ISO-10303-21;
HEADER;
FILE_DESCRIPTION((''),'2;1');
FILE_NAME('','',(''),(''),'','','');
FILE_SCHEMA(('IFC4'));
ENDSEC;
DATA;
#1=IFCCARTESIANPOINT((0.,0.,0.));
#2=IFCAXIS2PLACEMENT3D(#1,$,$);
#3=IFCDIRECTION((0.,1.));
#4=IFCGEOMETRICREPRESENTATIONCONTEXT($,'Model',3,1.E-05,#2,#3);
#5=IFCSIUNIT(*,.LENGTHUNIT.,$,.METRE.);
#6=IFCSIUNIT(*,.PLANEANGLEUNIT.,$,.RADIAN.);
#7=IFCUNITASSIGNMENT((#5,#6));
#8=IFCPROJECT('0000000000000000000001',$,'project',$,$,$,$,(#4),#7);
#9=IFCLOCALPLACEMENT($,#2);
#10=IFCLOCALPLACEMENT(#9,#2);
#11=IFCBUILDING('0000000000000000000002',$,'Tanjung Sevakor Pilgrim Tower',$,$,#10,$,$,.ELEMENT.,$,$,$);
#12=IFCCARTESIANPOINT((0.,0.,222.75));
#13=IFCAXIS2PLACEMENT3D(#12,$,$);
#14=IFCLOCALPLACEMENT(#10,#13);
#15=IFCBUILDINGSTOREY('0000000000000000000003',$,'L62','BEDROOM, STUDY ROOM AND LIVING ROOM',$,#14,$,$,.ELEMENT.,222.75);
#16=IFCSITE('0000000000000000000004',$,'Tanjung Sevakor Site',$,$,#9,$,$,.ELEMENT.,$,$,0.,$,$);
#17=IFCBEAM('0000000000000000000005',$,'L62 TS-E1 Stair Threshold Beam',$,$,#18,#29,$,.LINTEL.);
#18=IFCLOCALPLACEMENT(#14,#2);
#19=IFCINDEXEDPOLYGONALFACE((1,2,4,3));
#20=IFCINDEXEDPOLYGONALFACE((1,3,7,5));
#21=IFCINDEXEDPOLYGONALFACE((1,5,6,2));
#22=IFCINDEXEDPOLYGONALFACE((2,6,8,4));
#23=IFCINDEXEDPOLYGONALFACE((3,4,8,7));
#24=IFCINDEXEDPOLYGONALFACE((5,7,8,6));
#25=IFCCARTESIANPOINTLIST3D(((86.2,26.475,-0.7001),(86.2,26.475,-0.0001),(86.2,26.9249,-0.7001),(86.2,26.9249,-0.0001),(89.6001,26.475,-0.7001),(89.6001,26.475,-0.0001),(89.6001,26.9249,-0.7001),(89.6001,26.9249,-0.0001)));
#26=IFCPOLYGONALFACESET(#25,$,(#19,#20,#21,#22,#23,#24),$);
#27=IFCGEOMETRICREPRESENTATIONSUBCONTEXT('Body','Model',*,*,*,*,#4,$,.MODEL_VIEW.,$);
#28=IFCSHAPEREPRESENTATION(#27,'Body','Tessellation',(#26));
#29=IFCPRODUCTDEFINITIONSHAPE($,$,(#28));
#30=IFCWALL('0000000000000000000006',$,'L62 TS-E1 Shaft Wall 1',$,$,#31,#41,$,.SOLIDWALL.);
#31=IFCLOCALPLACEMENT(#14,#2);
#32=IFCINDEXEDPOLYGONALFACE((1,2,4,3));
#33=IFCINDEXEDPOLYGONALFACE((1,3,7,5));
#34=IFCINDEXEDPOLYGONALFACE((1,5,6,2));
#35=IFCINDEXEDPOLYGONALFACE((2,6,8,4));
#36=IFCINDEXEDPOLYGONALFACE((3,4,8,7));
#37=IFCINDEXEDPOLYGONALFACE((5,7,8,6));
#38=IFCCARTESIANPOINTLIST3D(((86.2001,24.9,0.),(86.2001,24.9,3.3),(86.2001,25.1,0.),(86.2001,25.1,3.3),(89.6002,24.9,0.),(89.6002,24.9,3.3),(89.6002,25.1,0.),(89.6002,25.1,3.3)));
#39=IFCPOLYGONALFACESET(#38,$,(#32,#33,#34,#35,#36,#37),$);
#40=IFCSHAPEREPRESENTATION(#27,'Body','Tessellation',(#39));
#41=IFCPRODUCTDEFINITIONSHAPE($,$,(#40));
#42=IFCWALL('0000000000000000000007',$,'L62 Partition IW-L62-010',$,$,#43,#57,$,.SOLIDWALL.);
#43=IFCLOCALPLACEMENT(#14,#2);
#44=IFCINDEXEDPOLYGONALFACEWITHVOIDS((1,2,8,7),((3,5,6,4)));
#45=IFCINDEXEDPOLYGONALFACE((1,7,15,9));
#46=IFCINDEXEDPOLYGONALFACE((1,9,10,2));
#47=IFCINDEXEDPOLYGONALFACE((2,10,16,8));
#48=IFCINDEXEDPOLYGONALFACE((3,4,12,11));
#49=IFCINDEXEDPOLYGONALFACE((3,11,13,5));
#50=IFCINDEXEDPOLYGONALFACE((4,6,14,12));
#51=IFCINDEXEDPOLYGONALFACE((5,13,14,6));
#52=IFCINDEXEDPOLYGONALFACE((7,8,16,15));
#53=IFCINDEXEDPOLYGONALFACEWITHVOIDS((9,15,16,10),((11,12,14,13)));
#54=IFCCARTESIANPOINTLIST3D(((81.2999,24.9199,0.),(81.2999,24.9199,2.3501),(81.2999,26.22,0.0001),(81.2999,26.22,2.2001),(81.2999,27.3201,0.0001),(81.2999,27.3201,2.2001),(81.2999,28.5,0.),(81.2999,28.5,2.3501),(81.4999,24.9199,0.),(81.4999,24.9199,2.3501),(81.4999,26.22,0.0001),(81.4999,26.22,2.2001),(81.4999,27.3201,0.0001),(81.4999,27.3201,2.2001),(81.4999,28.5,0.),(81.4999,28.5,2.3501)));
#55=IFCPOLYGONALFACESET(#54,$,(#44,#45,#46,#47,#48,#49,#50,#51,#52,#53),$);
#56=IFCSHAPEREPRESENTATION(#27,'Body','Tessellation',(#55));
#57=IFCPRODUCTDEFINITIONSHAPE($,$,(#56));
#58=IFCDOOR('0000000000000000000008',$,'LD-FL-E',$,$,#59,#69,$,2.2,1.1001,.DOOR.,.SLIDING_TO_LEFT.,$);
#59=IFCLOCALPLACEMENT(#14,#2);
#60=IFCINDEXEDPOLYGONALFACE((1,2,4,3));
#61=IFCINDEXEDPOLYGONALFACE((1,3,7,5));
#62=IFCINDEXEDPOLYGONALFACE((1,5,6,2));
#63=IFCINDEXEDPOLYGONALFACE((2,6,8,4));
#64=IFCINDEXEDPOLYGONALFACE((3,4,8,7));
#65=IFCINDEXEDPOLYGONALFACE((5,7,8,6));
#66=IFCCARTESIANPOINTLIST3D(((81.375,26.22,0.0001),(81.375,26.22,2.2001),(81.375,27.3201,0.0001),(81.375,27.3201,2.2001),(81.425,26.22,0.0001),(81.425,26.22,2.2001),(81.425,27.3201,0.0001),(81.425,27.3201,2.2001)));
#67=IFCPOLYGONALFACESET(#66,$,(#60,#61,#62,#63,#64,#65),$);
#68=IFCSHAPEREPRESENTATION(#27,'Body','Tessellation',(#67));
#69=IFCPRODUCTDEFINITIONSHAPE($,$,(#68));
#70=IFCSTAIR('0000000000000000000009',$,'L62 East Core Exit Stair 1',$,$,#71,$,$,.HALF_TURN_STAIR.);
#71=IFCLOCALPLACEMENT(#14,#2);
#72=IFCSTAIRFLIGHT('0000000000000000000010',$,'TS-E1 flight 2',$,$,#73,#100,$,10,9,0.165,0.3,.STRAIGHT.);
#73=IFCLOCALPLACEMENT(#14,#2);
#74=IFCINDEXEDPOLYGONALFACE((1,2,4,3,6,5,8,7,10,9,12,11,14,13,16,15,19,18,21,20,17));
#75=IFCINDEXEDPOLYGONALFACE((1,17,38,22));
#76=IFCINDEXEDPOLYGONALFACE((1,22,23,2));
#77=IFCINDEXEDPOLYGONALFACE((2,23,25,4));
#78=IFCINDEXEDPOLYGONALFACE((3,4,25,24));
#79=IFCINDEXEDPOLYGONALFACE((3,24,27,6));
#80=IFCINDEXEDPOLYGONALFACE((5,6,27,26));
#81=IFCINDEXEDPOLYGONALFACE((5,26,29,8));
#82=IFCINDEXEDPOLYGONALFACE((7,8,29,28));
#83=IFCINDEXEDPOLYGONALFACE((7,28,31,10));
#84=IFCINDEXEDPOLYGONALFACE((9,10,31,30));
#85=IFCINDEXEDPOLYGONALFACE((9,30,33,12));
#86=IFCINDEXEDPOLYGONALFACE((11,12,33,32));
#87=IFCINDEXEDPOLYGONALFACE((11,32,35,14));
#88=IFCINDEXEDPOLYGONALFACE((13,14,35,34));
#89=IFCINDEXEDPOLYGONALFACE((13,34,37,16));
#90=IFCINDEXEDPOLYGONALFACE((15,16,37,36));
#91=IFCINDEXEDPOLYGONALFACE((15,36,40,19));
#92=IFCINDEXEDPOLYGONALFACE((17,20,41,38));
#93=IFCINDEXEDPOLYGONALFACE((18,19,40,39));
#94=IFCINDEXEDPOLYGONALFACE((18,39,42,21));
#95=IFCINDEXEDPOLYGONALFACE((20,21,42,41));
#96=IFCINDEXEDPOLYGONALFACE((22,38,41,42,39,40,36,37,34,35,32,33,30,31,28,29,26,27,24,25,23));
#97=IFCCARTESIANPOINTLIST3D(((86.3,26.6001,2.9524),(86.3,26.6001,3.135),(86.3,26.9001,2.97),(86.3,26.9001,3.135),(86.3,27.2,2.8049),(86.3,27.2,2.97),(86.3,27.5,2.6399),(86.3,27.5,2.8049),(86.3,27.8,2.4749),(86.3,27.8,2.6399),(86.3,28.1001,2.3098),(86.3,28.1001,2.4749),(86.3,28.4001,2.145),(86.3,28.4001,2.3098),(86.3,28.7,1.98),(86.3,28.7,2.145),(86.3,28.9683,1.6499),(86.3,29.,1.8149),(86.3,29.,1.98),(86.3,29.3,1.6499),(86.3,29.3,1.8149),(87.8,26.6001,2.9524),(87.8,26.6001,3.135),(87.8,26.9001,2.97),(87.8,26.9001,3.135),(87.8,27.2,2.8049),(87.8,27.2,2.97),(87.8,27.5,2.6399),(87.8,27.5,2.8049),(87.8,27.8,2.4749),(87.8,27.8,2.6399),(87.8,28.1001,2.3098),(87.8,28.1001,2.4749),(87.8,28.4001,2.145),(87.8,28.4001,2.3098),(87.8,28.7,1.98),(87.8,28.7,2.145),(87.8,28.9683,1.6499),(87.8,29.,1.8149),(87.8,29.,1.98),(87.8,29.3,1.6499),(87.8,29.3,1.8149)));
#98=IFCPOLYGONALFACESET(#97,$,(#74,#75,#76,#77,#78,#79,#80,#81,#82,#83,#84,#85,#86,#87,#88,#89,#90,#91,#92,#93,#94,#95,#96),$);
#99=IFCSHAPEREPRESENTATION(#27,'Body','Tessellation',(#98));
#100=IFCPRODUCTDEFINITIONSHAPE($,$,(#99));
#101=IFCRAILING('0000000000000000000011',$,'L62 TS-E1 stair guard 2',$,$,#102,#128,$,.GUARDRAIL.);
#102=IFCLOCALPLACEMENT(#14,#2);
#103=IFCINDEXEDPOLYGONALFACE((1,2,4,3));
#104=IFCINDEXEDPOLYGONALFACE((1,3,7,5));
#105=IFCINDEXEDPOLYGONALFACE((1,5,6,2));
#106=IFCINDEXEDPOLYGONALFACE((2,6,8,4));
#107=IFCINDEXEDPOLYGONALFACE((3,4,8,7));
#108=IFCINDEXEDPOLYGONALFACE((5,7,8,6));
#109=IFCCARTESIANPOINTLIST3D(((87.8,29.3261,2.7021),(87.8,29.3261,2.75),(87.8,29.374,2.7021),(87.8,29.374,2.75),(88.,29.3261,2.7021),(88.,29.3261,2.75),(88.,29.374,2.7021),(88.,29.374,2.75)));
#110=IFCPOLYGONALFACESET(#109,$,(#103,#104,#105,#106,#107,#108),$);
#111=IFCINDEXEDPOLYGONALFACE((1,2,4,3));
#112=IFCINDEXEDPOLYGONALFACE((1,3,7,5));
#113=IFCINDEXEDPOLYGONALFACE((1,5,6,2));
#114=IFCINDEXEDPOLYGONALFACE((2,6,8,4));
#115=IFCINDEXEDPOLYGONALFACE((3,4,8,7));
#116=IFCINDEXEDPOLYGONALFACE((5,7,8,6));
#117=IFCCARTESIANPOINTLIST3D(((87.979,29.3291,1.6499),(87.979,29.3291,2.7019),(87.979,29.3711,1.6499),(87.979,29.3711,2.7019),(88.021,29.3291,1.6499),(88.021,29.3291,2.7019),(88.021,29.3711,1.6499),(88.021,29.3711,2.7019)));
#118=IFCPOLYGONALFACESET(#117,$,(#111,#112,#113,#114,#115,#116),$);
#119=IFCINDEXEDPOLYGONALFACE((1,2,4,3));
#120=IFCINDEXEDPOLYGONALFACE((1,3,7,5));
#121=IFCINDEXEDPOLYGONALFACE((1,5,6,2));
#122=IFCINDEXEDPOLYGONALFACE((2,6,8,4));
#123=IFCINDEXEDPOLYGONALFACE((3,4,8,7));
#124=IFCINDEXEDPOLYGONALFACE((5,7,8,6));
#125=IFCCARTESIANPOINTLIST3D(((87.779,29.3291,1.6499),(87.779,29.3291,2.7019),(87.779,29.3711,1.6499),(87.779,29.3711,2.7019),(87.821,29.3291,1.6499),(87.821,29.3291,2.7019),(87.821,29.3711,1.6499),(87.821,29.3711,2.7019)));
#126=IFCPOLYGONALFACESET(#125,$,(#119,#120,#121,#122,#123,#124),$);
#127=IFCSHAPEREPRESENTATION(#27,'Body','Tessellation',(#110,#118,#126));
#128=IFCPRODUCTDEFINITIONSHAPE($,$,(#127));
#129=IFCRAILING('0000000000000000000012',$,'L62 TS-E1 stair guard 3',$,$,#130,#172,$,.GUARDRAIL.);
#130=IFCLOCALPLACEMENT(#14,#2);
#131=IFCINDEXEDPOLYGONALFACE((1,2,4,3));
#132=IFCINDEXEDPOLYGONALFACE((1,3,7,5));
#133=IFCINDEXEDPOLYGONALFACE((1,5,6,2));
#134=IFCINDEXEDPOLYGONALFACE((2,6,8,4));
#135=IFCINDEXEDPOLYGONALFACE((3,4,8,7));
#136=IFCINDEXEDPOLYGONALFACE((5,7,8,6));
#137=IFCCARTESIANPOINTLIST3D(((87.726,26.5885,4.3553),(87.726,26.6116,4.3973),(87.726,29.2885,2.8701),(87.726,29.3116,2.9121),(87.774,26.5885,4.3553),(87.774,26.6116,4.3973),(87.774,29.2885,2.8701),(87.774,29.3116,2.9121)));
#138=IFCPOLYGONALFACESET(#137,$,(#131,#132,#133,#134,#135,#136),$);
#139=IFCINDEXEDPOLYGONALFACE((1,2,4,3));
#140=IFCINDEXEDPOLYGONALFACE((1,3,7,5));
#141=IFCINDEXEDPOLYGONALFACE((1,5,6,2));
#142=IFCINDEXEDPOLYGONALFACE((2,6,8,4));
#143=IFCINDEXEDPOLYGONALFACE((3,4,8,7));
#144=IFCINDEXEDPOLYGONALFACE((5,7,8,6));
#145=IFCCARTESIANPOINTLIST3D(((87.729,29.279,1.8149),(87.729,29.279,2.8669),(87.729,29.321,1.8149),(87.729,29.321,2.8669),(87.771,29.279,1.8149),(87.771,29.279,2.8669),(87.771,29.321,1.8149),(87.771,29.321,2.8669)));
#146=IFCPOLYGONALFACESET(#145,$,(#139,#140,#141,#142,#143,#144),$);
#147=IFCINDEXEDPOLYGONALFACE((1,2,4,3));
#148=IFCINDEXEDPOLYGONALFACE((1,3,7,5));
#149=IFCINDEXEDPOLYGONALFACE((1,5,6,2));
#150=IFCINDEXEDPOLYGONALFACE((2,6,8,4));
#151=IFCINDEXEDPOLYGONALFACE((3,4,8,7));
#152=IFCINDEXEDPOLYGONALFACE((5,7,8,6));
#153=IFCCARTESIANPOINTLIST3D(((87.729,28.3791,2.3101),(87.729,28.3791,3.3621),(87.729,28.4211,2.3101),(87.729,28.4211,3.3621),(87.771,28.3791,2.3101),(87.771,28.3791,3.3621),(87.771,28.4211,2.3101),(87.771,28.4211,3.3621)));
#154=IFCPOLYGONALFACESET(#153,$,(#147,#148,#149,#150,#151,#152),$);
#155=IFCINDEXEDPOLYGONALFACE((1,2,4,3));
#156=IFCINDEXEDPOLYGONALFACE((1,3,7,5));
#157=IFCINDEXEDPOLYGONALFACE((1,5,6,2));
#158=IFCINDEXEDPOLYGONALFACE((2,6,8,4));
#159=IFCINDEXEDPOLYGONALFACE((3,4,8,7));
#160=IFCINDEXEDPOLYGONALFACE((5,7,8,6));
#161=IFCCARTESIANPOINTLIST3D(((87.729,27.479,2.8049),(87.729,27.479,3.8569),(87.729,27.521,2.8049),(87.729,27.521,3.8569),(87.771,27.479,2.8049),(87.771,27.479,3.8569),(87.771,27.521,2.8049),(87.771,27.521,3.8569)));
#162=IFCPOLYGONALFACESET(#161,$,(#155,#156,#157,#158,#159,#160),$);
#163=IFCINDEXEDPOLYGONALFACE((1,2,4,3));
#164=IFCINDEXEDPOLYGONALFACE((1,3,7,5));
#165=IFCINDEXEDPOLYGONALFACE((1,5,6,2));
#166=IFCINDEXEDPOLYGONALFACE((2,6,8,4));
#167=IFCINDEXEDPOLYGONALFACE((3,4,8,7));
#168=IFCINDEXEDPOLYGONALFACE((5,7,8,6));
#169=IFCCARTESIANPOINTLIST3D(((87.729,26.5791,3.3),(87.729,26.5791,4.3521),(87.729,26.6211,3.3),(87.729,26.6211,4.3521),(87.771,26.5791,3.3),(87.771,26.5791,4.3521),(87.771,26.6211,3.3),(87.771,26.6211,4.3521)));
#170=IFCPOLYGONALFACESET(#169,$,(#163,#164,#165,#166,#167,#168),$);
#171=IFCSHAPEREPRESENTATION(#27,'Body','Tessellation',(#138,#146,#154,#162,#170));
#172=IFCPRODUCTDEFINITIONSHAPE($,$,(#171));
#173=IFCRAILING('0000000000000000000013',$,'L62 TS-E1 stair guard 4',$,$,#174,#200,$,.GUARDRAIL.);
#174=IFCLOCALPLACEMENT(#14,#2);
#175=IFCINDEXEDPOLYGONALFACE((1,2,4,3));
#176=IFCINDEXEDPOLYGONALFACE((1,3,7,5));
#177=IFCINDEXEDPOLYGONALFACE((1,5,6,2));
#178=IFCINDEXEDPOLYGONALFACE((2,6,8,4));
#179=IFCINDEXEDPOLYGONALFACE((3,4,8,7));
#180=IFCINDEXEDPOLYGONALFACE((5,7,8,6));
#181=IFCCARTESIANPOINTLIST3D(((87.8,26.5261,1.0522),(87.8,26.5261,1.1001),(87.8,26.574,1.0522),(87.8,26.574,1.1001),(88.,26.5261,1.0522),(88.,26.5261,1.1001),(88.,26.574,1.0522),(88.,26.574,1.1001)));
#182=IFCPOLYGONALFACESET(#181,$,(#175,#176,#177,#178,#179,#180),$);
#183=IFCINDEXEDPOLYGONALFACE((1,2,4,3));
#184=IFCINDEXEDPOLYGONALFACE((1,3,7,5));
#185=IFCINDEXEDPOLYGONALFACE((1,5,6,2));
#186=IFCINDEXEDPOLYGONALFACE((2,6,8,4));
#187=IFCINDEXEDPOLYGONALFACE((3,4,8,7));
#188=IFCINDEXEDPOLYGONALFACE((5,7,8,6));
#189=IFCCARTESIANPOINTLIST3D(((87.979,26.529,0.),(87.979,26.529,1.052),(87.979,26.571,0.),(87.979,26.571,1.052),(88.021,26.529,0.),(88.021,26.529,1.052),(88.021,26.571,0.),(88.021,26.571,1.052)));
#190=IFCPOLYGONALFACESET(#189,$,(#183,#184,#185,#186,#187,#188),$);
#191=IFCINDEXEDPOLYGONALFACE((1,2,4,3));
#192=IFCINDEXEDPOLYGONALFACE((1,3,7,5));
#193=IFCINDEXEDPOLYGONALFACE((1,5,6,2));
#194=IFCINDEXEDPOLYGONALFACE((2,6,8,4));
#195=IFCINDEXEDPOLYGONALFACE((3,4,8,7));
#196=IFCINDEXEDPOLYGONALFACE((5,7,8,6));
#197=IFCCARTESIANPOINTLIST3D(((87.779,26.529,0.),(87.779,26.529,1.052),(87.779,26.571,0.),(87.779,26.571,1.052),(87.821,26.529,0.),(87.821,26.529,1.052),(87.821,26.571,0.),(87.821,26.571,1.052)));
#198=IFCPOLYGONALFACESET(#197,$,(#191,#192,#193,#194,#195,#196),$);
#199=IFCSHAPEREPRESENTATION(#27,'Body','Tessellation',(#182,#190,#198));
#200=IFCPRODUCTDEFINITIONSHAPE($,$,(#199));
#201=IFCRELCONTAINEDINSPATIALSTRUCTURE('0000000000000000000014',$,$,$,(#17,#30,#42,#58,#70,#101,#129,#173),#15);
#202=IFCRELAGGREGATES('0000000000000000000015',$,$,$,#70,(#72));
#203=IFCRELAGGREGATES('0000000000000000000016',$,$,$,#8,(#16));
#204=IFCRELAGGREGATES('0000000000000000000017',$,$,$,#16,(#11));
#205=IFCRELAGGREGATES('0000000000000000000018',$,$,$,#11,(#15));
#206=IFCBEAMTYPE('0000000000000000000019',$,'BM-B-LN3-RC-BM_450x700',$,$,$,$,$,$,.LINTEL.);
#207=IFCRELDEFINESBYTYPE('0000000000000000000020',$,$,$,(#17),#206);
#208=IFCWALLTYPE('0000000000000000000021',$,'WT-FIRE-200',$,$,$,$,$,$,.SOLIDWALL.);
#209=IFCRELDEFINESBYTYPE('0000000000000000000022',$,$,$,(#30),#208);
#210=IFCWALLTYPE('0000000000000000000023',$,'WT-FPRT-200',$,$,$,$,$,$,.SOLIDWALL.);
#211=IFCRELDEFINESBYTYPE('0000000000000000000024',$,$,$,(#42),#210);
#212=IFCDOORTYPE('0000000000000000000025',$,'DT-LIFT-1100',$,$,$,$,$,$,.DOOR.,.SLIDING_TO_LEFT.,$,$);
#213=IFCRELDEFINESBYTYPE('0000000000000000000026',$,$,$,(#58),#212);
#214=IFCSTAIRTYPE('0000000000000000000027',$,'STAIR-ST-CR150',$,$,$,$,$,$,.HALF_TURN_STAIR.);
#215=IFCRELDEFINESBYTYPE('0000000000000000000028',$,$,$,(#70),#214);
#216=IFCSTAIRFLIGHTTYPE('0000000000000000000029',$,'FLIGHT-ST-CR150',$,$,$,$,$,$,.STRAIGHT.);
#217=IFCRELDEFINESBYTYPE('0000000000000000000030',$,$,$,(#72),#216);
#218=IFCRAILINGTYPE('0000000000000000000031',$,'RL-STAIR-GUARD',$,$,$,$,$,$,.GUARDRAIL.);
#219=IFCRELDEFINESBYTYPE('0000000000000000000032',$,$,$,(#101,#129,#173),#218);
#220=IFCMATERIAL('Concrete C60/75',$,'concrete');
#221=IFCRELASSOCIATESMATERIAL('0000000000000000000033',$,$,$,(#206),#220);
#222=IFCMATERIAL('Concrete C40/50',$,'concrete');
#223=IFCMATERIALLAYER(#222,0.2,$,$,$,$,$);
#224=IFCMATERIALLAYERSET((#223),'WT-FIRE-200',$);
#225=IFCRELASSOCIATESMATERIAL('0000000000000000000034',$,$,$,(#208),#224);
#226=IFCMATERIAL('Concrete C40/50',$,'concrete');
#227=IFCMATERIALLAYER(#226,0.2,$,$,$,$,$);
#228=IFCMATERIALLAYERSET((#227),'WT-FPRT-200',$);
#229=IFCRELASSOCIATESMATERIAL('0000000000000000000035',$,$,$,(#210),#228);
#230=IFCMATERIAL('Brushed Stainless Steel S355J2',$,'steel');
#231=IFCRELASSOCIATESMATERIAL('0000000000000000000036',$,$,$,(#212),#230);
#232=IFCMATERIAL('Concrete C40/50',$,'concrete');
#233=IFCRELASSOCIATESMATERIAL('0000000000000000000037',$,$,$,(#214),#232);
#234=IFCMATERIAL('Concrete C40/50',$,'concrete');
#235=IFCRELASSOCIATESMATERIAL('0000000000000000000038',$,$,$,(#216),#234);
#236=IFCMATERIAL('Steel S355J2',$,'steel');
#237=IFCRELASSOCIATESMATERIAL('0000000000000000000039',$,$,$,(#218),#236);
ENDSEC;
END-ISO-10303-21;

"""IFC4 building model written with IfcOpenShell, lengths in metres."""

from ifc_helpers import new_model, si_unit, direction, frame, frame_2d, origin, origin_2d, place, context, subcontext, project, spatial, polyline, rectangle, outline, extrude, material, layer, layer_set, material_profile, profile_set, type_object, element, fill, aggregate, save


model = new_model("IFC4")

# Units and contexts
model_context = context("Model", 3, precision=1e-05, world=origin(), true_north=direction((0.0, 1.0)))
body_context = subcontext(model_context, "Body", "Model", "MODEL_VIEW")
ifc_project = project(units=[si_unit("LENGTHUNIT", "METRE"), si_unit("PLANEANGLEUNIT", "RADIAN")], contexts=[model_context])

# Site, building, storey
site_placement = place(None, origin())
site = spatial("IfcSite", under=ifc_project, at=site_placement, Name="Tanjung Sevakor Site", CompositionType="ELEMENT", RefElevation=0.0)
building_placement = place(site_placement, origin())
building = spatial("IfcBuilding", under=site, at=building_placement, Name="Tanjung Sevakor Pilgrim Tower", CompositionType="ELEMENT")
storey_placement = place(building_placement, frame((0.0, 0.0, 222.75)))
storey = spatial("IfcBuildingStorey", under=building, at=storey_placement, Name="L62", Description="BEDROOM, STUDY ROOM AND LIVING ROOM", CompositionType="ELEMENT", Elevation=222.75)

# Beam
ifc_material_1 = material(Name="Concrete C60/75", Category="concrete")
ifc_material_profile = material_profile(ifc_material_1, rectangle(XDim=0.45, YDim=0.7, at=origin_2d()))
ifc_profile_set = profile_set([ifc_material_profile], Name="Concrete C60/75")
beam_type = type_object("IfcBeamType", Name="BM-B-LN3-RC-BM_450x700", PredefinedType="LINTEL", material=ifc_profile_set)
beam_placement = place(storey_placement, frame((86.2, 26.7, -0.3501), z_axis=(1.0, 0.0, 0.0), x_axis=(0.0, 1.0, 0.0)))
element("IfcBeam", 1, at=beam_placement, inside=storey, type_object=beam_type, Name="L62 TS-E1 Stair Threshold Beam", PredefinedType="LINTEL", context=body_context, shape_type="SweptSolid", body=[
    extrude(rectangle(XDim=0.45, YDim=0.7, at=origin_2d()), origin(), (0.0, 0.0, 1.0), 3.4001),
])

# Wall
ifc_material_2 = material(Name="Concrete C40/50", Category="concrete")
ifc_layer_1 = layer(ifc_material_2, 0.2)
ifc_layer_set_1 = layer_set([ifc_layer_1], Name="WT-FIRE-200")
wall_type_1 = type_object("IfcWallType", Name="WT-FIRE-200", PredefinedType="SOLIDWALL", material=ifc_layer_set_1)
wall_1_placement = place(storey_placement, frame((86.2, 25.0, 0.0), z_axis=(0.0, 0.0, 1.0), x_axis=(1.0, 0.0, 0.0)))
element("IfcWall", 2, at=wall_1_placement, inside=storey, type_object=wall_type_1, Name="L62 TS-E1 Shaft Wall 1", PredefinedType="SOLIDWALL", context=body_context, shape_type="SweptSolid", body=[
    extrude(rectangle(XDim=3.4001, YDim=0.2, at=frame_2d((1.7002, 0.0))), origin(), (0.0, 0.0, 1.0), 3.3),
])

# Wall, opening, door
ifc_material_3 = material(Name="Concrete C40/50", Category="concrete")
ifc_layer_2 = layer(ifc_material_3, 0.2)
ifc_layer_set_2 = layer_set([ifc_layer_2], Name="WT-FPRT-200")
wall_type_2 = type_object("IfcWallType", Name="WT-FPRT-200", PredefinedType="SOLIDWALL", material=ifc_layer_set_2)
wall_2_placement = place(storey_placement, frame((81.3999, 24.9199, 0.0), z_axis=(0.0, 0.0, 1.0), x_axis=(0.0, 1.0, 0.0)))
wall_2 = element("IfcWall", 3, at=wall_2_placement, inside=storey, type_object=wall_type_2, Name="L62 Partition IW-L62-010", PredefinedType="SOLIDWALL", context=body_context, shape_type="SweptSolid", body=[
    extrude(rectangle(XDim=3.5801, YDim=0.2, at=frame_2d((1.79, 0.0))), origin(), (0.0, 0.0, 1.0), 2.3501),
])
opening_1_placement = place(wall_2_placement, frame((1.3, 0.0, 0.0)))
opening_1 = element("IfcOpeningElement", 4, at=opening_1_placement, cuts=wall_2, PredefinedType="OPENING", context=body_context, shape_type="SweptSolid", body=[
    extrude(rectangle(XDim=1.1001, YDim=2.2, at=frame_2d((0.55, 1.1001))), frame((0.0, 0.1099, 0.0), z_axis=(0.0, -1.0, 0.0), x_axis=(1.0, 0.0, 0.0)), (0.0, 0.0, 1.0), 0.22),
])
ifc_material_4 = material(Name="Brushed Stainless Steel S355J2", Category="steel")
door_type_1 = type_object("IfcDoorType", Name="DT-LIFT-1100", OperationType="SLIDING_TO_LEFT", PredefinedType="DOOR", material=ifc_material_4)
door_1_placement = place(opening_1_placement, origin())
door_1 = element("IfcDoor", 5, at=door_1_placement, inside=storey, type_object=door_type_1, Name="LD-FL-E", OperationType="SLIDING_TO_LEFT", OverallHeight=2.2, OverallWidth=1.1001, PredefinedType="DOOR", context=body_context, shape_type="SweptSolid", body=[
    extrude(rectangle(XDim=1.1001, YDim=2.2, at=frame_2d((0.55, 1.1001))), frame((0.0, 0.0249, 0.0), z_axis=(0.0, -1.0, 0.0), x_axis=(1.0, 0.0, 0.0)), (0.0, 0.0, 1.0), 0.05),
])
fill(opening_1, door_1)

# Stair, stair flight
ifc_material_5 = material(Name="Concrete C40/50", Category="concrete")
stair_type = type_object("IfcStairType", Name="STAIR-ST-CR150", PredefinedType="HALF_TURN_STAIR", material=ifc_material_5)
stair_placement = place(storey_placement, origin())
stair = element("IfcStair", 6, at=stair_placement, inside=storey, type_object=stair_type, Name="L62 East Core Exit Stair 1", PredefinedType="HALF_TURN_STAIR")
ifc_material_6 = material(Name="Concrete C40/50", Category="concrete")
stair_flight_type = type_object("IfcStairFlightType", Name="FLIGHT-ST-CR150", PredefinedType="STRAIGHT", material=ifc_material_6)
stair_flight_placement = place(storey_placement, frame((87.05, 29.3, 1.6499), z_axis=(0.0, 0.0, 1.0), x_axis=(0.0, -1.0, 0.0)))
stair_flight = element("IfcStairFlight", 7, at=stair_flight_placement, type_object=stair_flight_type, Name="TS-E1 flight 2", NumberOfRisers=10, NumberOfTreads=9, PredefinedType="STRAIGHT", RiserHeight=0.165, TreadLength=0.3, context=body_context, shape_type="SweptSolid", body=[
    extrude(outline(polyline([(0.0, 0.0), (0.0, 0.165), (0.3, 0.165), (0.3, 0.3301), (0.6001, 0.3301), (0.6001, 0.4951), (0.8999, 0.4951), (0.8999, 0.6599), (1.2, 0.6599), (1.2, 0.825), (1.5, 0.825), (1.5, 0.99), (1.8, 0.99), (1.8, 1.155), (2.1001, 1.155), (2.1001, 1.3201), (2.3999, 1.3201), (2.3999, 1.4851), (2.7, 1.4851), (2.7, 1.6499), (2.7, 1.3025), (0.3318, 0.0), (0.0, 0.0)])), frame((0.0, 0.75, 0.0), z_axis=(0.0, -1.0, 0.0), x_axis=(1.0, 0.0, 0.0)), (0.0, 0.0, 1.0), 1.5),
])
aggregate(stair, [stair_flight])

# Railings
ifc_material_7 = material(Name="Steel S355J2", Category="steel")
railing_type_1 = type_object("IfcRailingType", Name="RL-STAIR-GUARD", PredefinedType="GUARDRAIL", material=ifc_material_7)
railing_1_placement = place(storey_placement, frame((88.0, 29.3501, 1.6499)))
element("IfcRailing", 8, at=railing_1_placement, inside=storey, type_object=railing_type_1, Name="L62 TS-E1 stair guard 2", PredefinedType="GUARDRAIL", context=body_context, shape_type="SweptSolid", body=[
    extrude(rectangle(XDim=0.0479, YDim=0.0479), frame((0.0, 0.0, 1.0762), z_axis=(-1.0, 0.0, 0.0), x_axis=(0.0, -1.0, 0.0)), (0.0, 0.0, 1.0), 0.2),
    extrude(rectangle(XDim=0.042, YDim=0.042), origin(), (0.0, 0.0, 1.0), 1.052),
    extrude(rectangle(XDim=0.042, YDim=0.042), frame((-0.2, 0.0, 0.0)), (0.0, 0.0, 1.0), 1.052),
])
railing_2_placement = place(storey_placement, frame((87.75, 29.3, 1.8149)))
element("IfcRailing", 9, at=railing_2_placement, inside=storey, type_object=railing_type_1, Name="L62 TS-E1 stair guard 3", PredefinedType="GUARDRAIL", context=body_context, shape_type="SweptSolid", body=[
    extrude(rectangle(XDim=0.0479, YDim=0.0479), frame((0.0, 0.0, 1.0762), z_axis=(0.0, -0.876198, 0.481952), x_axis=(1.0, 0.0, 0.0)), (0.0, 0.0, 1.0), 3.0815),
    extrude(rectangle(XDim=0.042, YDim=0.042), origin(), (0.0, 0.0, 1.0), 1.052),
    extrude(rectangle(XDim=0.042, YDim=0.042), frame((0.0, -0.8999, 0.4951)), (0.0, 0.0, 1.0), 1.052),
    extrude(rectangle(XDim=0.042, YDim=0.042), frame((0.0, -1.8, 0.99)), (0.0, 0.0, 1.0), 1.052),
    extrude(rectangle(XDim=0.042, YDim=0.042), frame((0.0, -2.7, 1.4851)), (0.0, 0.0, 1.0), 1.052),
])
railing_3_placement = place(storey_placement, frame((88.0, 26.55, 0.0)))
element("IfcRailing", 10, at=railing_3_placement, inside=storey, type_object=railing_type_1, Name="L62 TS-E1 stair guard 4", PredefinedType="GUARDRAIL", context=body_context, shape_type="SweptSolid", body=[
    extrude(rectangle(XDim=0.0479, YDim=0.0479), frame((0.0, 0.0, 1.0762), z_axis=(-1.0, 0.0, 0.0), x_axis=(0.0, -1.0, 0.0)), (0.0, 0.0, 1.0), 0.2),
    extrude(rectangle(XDim=0.042, YDim=0.042), origin(), (0.0, 0.0, 1.0), 1.052),
    extrude(rectangle(XDim=0.042, YDim=0.042), frame((-0.2, 0.0, 0.0)), (0.0, 0.0, 1.0), 1.052),
])

save(model, "model.ifc")
